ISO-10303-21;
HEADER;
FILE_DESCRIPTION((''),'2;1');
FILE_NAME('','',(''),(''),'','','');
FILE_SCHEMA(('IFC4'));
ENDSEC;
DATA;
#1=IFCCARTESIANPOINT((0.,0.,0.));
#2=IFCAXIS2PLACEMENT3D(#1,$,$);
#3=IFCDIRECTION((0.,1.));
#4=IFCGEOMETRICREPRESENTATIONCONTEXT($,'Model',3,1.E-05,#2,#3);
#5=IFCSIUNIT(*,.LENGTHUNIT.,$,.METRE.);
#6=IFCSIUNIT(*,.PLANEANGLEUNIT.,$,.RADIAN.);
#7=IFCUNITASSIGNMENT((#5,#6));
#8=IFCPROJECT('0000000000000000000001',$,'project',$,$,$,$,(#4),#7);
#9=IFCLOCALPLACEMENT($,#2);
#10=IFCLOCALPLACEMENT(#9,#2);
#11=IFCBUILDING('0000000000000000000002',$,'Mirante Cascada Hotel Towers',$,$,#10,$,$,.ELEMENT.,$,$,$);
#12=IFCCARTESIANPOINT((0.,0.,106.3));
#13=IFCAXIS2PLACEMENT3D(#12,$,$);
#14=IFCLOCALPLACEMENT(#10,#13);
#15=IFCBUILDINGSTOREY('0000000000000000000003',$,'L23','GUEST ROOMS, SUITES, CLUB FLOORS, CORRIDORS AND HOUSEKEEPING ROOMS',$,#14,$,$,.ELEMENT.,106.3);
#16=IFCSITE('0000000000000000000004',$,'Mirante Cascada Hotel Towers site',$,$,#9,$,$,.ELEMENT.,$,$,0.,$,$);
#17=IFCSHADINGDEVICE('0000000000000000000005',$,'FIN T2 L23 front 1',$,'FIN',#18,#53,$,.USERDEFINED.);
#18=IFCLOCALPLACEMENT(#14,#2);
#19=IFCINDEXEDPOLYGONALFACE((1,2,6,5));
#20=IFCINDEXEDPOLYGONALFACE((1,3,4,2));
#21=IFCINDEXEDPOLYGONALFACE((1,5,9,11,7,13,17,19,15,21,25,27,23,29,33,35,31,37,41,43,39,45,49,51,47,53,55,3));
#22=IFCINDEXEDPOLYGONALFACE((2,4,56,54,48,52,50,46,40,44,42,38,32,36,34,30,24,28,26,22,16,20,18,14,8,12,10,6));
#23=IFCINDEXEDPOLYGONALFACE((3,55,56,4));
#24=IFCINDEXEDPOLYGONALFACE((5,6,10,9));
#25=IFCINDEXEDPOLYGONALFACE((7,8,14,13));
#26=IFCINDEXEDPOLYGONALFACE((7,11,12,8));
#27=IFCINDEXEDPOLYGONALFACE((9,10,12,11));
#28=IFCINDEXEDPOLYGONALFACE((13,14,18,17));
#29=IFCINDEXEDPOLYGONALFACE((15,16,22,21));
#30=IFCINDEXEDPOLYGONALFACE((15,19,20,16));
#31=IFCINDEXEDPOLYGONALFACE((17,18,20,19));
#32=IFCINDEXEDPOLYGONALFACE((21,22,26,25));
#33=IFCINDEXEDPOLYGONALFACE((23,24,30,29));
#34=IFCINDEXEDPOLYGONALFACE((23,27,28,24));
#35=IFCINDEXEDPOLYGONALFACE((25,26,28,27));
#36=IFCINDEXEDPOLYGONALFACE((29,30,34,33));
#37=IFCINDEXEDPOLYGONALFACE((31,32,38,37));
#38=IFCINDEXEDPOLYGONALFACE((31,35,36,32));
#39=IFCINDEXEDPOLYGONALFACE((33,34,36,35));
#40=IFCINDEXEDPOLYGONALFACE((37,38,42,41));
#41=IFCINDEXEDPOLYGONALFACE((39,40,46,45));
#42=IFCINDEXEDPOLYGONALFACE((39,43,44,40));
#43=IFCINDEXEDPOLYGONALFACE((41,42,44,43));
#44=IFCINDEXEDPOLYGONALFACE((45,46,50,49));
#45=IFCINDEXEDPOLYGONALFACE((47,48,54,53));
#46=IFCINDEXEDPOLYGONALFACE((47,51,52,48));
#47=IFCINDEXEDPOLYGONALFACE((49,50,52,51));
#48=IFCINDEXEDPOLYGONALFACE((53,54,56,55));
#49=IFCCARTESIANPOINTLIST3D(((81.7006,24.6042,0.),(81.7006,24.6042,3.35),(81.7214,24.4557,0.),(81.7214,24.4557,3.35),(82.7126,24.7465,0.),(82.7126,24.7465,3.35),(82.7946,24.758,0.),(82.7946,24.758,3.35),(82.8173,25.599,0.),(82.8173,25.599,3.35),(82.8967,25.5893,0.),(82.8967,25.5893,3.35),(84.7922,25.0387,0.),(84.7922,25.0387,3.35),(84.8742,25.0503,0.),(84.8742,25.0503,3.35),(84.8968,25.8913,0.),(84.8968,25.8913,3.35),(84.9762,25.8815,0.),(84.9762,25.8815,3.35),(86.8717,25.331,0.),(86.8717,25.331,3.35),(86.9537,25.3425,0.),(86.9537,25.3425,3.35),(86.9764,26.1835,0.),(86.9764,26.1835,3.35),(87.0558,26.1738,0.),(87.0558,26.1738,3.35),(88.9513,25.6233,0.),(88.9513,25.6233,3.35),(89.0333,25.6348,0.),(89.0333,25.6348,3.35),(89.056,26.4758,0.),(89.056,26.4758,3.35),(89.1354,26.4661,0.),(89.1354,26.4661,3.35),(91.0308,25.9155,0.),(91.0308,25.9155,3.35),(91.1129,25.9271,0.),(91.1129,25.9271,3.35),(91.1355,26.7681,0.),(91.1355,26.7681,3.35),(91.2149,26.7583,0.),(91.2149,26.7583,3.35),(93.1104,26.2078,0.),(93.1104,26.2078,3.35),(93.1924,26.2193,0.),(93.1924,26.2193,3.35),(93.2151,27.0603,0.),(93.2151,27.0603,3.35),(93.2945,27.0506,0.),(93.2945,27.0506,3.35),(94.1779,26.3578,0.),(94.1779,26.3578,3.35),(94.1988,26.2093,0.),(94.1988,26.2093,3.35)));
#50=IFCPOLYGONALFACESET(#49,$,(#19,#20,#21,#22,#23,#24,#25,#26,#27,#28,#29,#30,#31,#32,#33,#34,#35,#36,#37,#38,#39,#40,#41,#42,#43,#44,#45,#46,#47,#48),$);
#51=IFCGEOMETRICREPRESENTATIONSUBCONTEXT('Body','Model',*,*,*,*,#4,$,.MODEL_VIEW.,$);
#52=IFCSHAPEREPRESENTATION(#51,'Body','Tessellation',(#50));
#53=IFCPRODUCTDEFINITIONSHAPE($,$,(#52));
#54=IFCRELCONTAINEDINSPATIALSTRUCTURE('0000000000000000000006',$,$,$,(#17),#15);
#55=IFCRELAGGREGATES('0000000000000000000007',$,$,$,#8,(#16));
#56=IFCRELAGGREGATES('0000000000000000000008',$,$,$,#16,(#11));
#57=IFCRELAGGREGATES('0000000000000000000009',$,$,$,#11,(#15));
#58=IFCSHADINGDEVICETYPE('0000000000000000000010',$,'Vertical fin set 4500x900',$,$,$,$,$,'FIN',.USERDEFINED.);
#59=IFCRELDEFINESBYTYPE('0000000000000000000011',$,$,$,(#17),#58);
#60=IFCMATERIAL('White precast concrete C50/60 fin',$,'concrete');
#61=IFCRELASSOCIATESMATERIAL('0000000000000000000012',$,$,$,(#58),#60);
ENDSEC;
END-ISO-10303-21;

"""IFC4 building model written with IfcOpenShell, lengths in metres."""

from ifc_helpers import new_model, si_unit, direction, frame, origin, place, context, subcontext, project, spatial, polyline, outline, extrude, material, type_object, element, save


model = new_model("IFC4")

# Units and contexts
model_context = context("Model", 3, precision=1e-05, world=origin(), true_north=direction((0.0, 1.0)))
body_context = subcontext(model_context, "Body", "Model", "MODEL_VIEW")
ifc_project = project(units=[si_unit("LENGTHUNIT", "METRE"), si_unit("PLANEANGLEUNIT", "RADIAN")], contexts=[model_context])

# Site, building, storey
site_placement = place(None, origin())
site = spatial("IfcSite", under=ifc_project, at=site_placement, Name="Mirante Cascada Hotel Towers site", CompositionType="ELEMENT", RefElevation=0.0)
building_placement = place(site_placement, origin())
building = spatial("IfcBuilding", under=site, at=building_placement, Name="Mirante Cascada Hotel Towers", CompositionType="ELEMENT")
storey_placement = place(building_placement, frame((0.0, 0.0, 106.3)))
storey = spatial("IfcBuildingStorey", under=building, at=storey_placement, Name="L23", Description="GUEST ROOMS, SUITES, CLUB FLOORS, CORRIDORS AND HOUSEKEEPING ROOMS", CompositionType="ELEMENT", Elevation=106.3)

# Shading device
ifc_material_1 = material(Name="White precast concrete C50/60 fin", Category="concrete")
shading_device_type = type_object("IfcShadingDeviceType", Name="Vertical fin set 4500x900", ElementType="FIN", PredefinedType="USERDEFINED", material=ifc_material_1)
shading_device_1_placement = place(storey_placement, origin())
element("IfcShadingDevice", 1, at=shading_device_1_placement, inside=storey, type_object=shading_device_type, Name="FIN T2 L23 front 1", ObjectType="FIN", PredefinedType="USERDEFINED", context=body_context, shape_type="SweptSolid", body=[
    extrude(outline(polyline([(82.8967, 25.5893), (82.7946, 24.758), (84.7922, 25.0387), (84.8968, 25.8913), (84.9762, 25.8815), (84.8742, 25.0503), (86.8717, 25.331), (86.9764, 26.1835), (87.0558, 26.1738), (86.9537, 25.3425), (88.9513, 25.6233), (89.056, 26.4758), (89.1354, 26.4661), (89.0333, 25.6348), (91.0308, 25.9155), (91.1355, 26.7681), (91.2149, 26.7583), (91.1129, 25.9271), (93.1104, 26.2078), (93.2151, 27.0603), (93.2945, 27.0506), (93.1924, 26.2193), (94.1779, 26.3578), (94.1988, 26.2093), (81.7214, 24.4557), (81.7006, 24.6042), (82.7126, 24.7465), (82.8173, 25.599), (82.8967, 25.5893)])), origin(), (0.0, 0.0, 1.0), 3.35),
])

save(model, "model.ifc")
